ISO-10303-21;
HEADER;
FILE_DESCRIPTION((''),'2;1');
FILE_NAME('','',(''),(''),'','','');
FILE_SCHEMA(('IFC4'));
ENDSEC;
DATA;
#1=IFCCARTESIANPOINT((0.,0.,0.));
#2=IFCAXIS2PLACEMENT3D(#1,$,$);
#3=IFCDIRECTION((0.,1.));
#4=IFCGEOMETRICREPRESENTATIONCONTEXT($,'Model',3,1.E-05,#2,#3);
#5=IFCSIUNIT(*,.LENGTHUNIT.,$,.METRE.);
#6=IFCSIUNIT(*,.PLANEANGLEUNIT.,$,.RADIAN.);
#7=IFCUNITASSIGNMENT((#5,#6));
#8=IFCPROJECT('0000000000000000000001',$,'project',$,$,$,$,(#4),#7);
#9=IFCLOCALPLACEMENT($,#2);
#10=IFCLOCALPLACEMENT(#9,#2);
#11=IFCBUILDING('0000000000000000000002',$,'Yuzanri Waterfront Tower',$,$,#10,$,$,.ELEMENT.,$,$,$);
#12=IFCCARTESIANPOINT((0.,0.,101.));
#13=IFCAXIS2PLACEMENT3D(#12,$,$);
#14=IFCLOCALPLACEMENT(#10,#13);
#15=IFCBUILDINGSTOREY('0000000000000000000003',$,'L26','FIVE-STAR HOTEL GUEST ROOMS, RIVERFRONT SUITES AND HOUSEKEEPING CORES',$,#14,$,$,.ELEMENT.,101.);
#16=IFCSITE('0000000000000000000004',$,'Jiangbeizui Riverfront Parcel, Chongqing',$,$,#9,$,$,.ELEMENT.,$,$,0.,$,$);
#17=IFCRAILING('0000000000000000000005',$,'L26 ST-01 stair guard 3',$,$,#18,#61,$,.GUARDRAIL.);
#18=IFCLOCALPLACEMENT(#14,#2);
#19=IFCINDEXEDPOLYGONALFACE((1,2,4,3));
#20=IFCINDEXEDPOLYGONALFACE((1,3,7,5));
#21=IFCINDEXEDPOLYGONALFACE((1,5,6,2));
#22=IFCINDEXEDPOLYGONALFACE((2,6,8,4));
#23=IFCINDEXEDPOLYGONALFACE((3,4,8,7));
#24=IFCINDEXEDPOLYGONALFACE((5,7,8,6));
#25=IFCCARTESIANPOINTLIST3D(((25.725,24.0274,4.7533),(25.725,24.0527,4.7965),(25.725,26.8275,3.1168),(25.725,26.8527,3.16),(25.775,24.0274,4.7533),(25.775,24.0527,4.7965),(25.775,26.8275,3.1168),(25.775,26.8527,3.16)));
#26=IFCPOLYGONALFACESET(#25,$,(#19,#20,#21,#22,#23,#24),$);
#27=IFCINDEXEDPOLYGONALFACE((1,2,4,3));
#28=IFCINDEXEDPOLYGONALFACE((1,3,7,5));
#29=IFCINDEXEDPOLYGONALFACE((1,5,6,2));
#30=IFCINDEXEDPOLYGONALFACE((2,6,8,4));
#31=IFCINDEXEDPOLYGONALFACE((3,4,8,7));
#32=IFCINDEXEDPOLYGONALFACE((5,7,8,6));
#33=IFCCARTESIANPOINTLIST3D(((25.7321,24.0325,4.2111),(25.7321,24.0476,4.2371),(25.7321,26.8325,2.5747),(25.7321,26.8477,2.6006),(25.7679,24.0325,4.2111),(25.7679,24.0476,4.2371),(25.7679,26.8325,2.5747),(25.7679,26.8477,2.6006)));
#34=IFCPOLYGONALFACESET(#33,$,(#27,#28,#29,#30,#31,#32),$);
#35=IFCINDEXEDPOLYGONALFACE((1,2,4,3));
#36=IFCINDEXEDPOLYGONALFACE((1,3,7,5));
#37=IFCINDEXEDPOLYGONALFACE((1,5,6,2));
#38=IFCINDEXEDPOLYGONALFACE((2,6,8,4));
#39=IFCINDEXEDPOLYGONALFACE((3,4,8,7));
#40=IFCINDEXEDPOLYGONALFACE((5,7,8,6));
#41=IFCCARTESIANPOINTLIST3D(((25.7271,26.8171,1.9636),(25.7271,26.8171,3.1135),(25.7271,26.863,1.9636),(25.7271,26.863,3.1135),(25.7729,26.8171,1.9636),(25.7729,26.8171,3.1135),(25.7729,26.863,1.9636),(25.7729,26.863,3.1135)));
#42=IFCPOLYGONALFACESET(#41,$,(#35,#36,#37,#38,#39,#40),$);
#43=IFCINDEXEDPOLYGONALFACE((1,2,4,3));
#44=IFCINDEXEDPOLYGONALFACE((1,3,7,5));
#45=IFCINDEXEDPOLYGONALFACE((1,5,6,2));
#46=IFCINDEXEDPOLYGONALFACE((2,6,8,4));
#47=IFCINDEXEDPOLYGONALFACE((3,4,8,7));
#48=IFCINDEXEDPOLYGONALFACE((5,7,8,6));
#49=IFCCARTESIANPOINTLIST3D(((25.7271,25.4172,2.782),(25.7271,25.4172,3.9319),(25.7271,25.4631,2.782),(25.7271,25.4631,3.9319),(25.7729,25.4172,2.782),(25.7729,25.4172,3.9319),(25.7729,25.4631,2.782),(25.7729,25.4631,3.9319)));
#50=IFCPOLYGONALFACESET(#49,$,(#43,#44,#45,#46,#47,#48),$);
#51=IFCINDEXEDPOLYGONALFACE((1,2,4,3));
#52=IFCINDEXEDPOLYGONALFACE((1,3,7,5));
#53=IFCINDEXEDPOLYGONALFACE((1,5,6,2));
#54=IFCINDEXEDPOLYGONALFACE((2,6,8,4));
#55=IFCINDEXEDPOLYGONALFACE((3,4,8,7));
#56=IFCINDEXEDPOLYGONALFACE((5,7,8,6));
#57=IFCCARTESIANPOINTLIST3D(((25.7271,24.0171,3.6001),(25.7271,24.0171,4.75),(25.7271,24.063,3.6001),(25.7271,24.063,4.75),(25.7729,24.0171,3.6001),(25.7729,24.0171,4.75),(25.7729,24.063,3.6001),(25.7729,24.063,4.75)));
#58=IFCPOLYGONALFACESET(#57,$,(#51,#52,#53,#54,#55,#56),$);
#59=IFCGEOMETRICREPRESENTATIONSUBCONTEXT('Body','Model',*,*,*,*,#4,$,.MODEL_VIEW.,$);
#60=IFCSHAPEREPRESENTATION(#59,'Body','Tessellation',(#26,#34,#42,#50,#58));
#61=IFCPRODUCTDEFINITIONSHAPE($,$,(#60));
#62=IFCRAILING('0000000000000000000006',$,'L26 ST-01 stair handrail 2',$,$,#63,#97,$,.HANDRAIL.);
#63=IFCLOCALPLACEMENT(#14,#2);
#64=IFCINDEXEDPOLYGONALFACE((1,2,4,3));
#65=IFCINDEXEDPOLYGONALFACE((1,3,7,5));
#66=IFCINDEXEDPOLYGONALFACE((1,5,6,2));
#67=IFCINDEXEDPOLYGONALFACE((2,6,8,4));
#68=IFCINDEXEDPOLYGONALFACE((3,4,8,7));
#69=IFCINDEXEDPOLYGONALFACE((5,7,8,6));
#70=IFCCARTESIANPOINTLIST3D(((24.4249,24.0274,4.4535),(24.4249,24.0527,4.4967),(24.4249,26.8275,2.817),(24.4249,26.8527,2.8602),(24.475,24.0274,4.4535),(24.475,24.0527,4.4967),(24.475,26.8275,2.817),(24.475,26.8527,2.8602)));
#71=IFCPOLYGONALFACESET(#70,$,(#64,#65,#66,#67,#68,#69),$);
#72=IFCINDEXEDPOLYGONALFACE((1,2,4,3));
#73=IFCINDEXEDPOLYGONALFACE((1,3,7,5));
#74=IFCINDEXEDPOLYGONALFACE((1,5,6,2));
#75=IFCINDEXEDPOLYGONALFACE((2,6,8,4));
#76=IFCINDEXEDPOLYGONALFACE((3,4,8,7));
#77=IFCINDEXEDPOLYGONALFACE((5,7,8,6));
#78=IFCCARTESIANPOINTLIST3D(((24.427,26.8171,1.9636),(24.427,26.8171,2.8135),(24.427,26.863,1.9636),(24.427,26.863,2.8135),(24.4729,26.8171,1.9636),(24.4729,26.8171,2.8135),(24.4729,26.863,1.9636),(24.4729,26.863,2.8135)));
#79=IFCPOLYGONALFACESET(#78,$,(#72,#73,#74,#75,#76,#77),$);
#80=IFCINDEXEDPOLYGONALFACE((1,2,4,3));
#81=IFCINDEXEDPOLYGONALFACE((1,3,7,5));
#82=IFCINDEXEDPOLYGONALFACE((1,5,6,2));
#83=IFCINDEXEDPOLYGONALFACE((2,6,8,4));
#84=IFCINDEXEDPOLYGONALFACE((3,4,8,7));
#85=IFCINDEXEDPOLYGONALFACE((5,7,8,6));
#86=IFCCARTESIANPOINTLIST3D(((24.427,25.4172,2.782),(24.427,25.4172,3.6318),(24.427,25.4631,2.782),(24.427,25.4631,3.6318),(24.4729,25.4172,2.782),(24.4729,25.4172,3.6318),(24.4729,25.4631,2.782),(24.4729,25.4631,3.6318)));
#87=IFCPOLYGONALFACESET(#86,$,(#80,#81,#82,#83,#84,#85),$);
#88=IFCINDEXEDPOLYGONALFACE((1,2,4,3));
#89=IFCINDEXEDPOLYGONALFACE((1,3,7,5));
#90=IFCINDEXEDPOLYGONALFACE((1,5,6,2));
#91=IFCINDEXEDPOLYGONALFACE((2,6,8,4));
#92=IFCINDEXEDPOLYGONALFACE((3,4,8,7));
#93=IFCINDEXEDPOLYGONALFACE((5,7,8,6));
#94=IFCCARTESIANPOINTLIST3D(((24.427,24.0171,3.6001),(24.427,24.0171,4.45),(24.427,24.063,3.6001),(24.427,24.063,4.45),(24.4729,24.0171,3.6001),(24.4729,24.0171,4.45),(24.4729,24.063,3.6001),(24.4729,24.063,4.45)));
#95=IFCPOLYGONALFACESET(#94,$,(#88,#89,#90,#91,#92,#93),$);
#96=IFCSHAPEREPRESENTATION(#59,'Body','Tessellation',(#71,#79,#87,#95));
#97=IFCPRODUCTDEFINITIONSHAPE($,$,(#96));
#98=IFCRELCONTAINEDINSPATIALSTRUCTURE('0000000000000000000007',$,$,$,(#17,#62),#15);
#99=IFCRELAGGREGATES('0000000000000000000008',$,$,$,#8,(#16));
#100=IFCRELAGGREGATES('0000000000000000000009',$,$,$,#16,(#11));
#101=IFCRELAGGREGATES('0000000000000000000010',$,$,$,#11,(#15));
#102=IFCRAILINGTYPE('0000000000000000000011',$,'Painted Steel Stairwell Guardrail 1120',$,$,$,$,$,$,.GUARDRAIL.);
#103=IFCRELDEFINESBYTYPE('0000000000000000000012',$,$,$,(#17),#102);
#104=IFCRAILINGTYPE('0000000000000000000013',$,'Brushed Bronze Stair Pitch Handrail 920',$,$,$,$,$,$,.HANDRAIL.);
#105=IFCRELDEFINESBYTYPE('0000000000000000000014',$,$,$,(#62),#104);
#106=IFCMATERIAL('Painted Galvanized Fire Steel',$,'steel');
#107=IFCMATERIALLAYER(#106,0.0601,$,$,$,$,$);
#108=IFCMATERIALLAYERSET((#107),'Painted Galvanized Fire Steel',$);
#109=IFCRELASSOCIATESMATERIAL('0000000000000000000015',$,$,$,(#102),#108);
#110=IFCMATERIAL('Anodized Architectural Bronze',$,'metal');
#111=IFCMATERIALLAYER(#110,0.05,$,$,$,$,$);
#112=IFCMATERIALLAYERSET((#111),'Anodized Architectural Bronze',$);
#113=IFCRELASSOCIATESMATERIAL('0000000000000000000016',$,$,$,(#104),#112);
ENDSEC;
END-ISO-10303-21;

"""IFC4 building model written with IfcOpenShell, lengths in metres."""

from ifc_helpers import new_model, si_unit, direction, frame, origin, origin_2d, place, context, subcontext, project, spatial, rectangle, extrude, source, transform, mapped, material, layer, layer_set, type_object, element, save


model = new_model("IFC4")

# Units and contexts
model_context = context("Model", 3, precision=1e-05, world=origin(), true_north=direction((0.0, 1.0)))
body_context = subcontext(model_context, "Body", "Model", "MODEL_VIEW")
ifc_project = project(units=[si_unit("LENGTHUNIT", "METRE"), si_unit("PLANEANGLEUNIT", "RADIAN")], contexts=[model_context])

# Site, building, storey
site_placement = place(None, origin())
site = spatial("IfcSite", under=ifc_project, at=site_placement, Name="Jiangbeizui Riverfront Parcel, Chongqing", CompositionType="ELEMENT", RefElevation=0.0)
building_placement = place(site_placement, origin())
building = spatial("IfcBuilding", under=site, at=building_placement, Name="Yuzanri Waterfront Tower", CompositionType="ELEMENT")
storey_placement = place(building_placement, frame((0.0, 0.0, 101.0)))
storey = spatial("IfcBuildingStorey", under=building, at=storey_placement, Name="L26", Description="FIVE-STAR HOTEL GUEST ROOMS, RIVERFRONT SUITES AND HOUSEKEEPING CORES", CompositionType="ELEMENT", Elevation=101.0)

# Railings
ifc_material_1 = material(Name="Painted Galvanized Fire Steel", Category="steel")
ifc_layer_1 = layer(ifc_material_1, 0.0601)
ifc_layer_set_1 = layer_set([ifc_layer_1], Name="Painted Galvanized Fire Steel")
railing_type_1 = type_object("IfcRailingType", Name="Painted Steel Stairwell Guardrail 1120", PredefinedType="GUARDRAIL", material=ifc_layer_set_1)
shared_shape_1 = source(origin(), body_context, "Body", "SweptSolid", [
    extrude(rectangle(XDim=0.05, YDim=0.05, at=origin_2d()), frame((0.0, 0.0, 1.1748), z_axis=(0.0, -0.863361, 0.504587), x_axis=(1.0, 0.0, 0.0)), (0.0, 0.0, 1.0), 3.2432),
    extrude(rectangle(XDim=0.0359, YDim=0.03, at=origin_2d()), frame((0.0, 0.0, 0.624), z_axis=(0.0, -0.863361, 0.504587), x_axis=(1.0, 0.0, 0.0)), (0.0, 0.0, 1.0), 3.2432),
    extrude(rectangle(XDim=0.0459, YDim=0.0459, at=origin_2d()), origin(), (0.0, 0.0, 1.0), 1.1499),
    extrude(rectangle(XDim=0.0459, YDim=0.0459, at=origin_2d()), frame((0.0, -1.3999, 0.8184)), (0.0, 0.0, 1.0), 1.1499),
    extrude(rectangle(XDim=0.0459, YDim=0.0459, at=origin_2d()), frame((0.0, -2.8, 1.6365)), (0.0, 0.0, 1.0), 1.1499),
])
railing_1_placement = place(storey_placement, frame((25.75, 26.8401, 1.9636)))
element("IfcRailing", 1, at=railing_1_placement, inside=storey, type_object=railing_type_1, Name="L26 ST-01 stair guard 3", PredefinedType="GUARDRAIL", context=body_context, shape_type="MappedRepresentation", body=[
    mapped(shared_shape_1, transform((0.0, 0.0, 0.0), scale=1.0)),
])
ifc_material_2 = material(Name="Anodized Architectural Bronze", Category="metal")
ifc_layer_2 = layer(ifc_material_2, 0.05)
ifc_layer_set_2 = layer_set([ifc_layer_2], Name="Anodized Architectural Bronze")
railing_type_2 = type_object("IfcRailingType", Name="Brushed Bronze Stair Pitch Handrail 920", PredefinedType="HANDRAIL", material=ifc_layer_set_2)
shared_shape_2 = source(origin(), body_context, "Body", "SweptSolid", [
    extrude(rectangle(XDim=0.05, YDim=0.05, at=origin_2d()), frame((0.0, 0.0, 0.875), z_axis=(0.0, -0.863361, 0.504587), x_axis=(1.0, 0.0, 0.0)), (0.0, 0.0, 1.0), 3.2432),
    extrude(rectangle(XDim=0.0459, YDim=0.0459, at=origin_2d()), origin(), (0.0, 0.0, 1.0), 0.8499),
    extrude(rectangle(XDim=0.0459, YDim=0.0459, at=origin_2d()), frame((0.0, -1.3999, 0.8184)), (0.0, 0.0, 1.0), 0.8499),
    extrude(rectangle(XDim=0.0459, YDim=0.0459, at=origin_2d()), frame((0.0, -2.8, 1.6365)), (0.0, 0.0, 1.0), 0.8499),
])
railing_2_placement = place(storey_placement, frame((24.45, 26.8401, 1.9636)))
element("IfcRailing", 2, at=railing_2_placement, inside=storey, type_object=railing_type_2, Name="L26 ST-01 stair handrail 2", PredefinedType="HANDRAIL", context=body_context, shape_type="MappedRepresentation", body=[
    mapped(shared_shape_2, transform((0.0, 0.0, 0.0), scale=1.0)),
])

save(model, "model.ifc")
